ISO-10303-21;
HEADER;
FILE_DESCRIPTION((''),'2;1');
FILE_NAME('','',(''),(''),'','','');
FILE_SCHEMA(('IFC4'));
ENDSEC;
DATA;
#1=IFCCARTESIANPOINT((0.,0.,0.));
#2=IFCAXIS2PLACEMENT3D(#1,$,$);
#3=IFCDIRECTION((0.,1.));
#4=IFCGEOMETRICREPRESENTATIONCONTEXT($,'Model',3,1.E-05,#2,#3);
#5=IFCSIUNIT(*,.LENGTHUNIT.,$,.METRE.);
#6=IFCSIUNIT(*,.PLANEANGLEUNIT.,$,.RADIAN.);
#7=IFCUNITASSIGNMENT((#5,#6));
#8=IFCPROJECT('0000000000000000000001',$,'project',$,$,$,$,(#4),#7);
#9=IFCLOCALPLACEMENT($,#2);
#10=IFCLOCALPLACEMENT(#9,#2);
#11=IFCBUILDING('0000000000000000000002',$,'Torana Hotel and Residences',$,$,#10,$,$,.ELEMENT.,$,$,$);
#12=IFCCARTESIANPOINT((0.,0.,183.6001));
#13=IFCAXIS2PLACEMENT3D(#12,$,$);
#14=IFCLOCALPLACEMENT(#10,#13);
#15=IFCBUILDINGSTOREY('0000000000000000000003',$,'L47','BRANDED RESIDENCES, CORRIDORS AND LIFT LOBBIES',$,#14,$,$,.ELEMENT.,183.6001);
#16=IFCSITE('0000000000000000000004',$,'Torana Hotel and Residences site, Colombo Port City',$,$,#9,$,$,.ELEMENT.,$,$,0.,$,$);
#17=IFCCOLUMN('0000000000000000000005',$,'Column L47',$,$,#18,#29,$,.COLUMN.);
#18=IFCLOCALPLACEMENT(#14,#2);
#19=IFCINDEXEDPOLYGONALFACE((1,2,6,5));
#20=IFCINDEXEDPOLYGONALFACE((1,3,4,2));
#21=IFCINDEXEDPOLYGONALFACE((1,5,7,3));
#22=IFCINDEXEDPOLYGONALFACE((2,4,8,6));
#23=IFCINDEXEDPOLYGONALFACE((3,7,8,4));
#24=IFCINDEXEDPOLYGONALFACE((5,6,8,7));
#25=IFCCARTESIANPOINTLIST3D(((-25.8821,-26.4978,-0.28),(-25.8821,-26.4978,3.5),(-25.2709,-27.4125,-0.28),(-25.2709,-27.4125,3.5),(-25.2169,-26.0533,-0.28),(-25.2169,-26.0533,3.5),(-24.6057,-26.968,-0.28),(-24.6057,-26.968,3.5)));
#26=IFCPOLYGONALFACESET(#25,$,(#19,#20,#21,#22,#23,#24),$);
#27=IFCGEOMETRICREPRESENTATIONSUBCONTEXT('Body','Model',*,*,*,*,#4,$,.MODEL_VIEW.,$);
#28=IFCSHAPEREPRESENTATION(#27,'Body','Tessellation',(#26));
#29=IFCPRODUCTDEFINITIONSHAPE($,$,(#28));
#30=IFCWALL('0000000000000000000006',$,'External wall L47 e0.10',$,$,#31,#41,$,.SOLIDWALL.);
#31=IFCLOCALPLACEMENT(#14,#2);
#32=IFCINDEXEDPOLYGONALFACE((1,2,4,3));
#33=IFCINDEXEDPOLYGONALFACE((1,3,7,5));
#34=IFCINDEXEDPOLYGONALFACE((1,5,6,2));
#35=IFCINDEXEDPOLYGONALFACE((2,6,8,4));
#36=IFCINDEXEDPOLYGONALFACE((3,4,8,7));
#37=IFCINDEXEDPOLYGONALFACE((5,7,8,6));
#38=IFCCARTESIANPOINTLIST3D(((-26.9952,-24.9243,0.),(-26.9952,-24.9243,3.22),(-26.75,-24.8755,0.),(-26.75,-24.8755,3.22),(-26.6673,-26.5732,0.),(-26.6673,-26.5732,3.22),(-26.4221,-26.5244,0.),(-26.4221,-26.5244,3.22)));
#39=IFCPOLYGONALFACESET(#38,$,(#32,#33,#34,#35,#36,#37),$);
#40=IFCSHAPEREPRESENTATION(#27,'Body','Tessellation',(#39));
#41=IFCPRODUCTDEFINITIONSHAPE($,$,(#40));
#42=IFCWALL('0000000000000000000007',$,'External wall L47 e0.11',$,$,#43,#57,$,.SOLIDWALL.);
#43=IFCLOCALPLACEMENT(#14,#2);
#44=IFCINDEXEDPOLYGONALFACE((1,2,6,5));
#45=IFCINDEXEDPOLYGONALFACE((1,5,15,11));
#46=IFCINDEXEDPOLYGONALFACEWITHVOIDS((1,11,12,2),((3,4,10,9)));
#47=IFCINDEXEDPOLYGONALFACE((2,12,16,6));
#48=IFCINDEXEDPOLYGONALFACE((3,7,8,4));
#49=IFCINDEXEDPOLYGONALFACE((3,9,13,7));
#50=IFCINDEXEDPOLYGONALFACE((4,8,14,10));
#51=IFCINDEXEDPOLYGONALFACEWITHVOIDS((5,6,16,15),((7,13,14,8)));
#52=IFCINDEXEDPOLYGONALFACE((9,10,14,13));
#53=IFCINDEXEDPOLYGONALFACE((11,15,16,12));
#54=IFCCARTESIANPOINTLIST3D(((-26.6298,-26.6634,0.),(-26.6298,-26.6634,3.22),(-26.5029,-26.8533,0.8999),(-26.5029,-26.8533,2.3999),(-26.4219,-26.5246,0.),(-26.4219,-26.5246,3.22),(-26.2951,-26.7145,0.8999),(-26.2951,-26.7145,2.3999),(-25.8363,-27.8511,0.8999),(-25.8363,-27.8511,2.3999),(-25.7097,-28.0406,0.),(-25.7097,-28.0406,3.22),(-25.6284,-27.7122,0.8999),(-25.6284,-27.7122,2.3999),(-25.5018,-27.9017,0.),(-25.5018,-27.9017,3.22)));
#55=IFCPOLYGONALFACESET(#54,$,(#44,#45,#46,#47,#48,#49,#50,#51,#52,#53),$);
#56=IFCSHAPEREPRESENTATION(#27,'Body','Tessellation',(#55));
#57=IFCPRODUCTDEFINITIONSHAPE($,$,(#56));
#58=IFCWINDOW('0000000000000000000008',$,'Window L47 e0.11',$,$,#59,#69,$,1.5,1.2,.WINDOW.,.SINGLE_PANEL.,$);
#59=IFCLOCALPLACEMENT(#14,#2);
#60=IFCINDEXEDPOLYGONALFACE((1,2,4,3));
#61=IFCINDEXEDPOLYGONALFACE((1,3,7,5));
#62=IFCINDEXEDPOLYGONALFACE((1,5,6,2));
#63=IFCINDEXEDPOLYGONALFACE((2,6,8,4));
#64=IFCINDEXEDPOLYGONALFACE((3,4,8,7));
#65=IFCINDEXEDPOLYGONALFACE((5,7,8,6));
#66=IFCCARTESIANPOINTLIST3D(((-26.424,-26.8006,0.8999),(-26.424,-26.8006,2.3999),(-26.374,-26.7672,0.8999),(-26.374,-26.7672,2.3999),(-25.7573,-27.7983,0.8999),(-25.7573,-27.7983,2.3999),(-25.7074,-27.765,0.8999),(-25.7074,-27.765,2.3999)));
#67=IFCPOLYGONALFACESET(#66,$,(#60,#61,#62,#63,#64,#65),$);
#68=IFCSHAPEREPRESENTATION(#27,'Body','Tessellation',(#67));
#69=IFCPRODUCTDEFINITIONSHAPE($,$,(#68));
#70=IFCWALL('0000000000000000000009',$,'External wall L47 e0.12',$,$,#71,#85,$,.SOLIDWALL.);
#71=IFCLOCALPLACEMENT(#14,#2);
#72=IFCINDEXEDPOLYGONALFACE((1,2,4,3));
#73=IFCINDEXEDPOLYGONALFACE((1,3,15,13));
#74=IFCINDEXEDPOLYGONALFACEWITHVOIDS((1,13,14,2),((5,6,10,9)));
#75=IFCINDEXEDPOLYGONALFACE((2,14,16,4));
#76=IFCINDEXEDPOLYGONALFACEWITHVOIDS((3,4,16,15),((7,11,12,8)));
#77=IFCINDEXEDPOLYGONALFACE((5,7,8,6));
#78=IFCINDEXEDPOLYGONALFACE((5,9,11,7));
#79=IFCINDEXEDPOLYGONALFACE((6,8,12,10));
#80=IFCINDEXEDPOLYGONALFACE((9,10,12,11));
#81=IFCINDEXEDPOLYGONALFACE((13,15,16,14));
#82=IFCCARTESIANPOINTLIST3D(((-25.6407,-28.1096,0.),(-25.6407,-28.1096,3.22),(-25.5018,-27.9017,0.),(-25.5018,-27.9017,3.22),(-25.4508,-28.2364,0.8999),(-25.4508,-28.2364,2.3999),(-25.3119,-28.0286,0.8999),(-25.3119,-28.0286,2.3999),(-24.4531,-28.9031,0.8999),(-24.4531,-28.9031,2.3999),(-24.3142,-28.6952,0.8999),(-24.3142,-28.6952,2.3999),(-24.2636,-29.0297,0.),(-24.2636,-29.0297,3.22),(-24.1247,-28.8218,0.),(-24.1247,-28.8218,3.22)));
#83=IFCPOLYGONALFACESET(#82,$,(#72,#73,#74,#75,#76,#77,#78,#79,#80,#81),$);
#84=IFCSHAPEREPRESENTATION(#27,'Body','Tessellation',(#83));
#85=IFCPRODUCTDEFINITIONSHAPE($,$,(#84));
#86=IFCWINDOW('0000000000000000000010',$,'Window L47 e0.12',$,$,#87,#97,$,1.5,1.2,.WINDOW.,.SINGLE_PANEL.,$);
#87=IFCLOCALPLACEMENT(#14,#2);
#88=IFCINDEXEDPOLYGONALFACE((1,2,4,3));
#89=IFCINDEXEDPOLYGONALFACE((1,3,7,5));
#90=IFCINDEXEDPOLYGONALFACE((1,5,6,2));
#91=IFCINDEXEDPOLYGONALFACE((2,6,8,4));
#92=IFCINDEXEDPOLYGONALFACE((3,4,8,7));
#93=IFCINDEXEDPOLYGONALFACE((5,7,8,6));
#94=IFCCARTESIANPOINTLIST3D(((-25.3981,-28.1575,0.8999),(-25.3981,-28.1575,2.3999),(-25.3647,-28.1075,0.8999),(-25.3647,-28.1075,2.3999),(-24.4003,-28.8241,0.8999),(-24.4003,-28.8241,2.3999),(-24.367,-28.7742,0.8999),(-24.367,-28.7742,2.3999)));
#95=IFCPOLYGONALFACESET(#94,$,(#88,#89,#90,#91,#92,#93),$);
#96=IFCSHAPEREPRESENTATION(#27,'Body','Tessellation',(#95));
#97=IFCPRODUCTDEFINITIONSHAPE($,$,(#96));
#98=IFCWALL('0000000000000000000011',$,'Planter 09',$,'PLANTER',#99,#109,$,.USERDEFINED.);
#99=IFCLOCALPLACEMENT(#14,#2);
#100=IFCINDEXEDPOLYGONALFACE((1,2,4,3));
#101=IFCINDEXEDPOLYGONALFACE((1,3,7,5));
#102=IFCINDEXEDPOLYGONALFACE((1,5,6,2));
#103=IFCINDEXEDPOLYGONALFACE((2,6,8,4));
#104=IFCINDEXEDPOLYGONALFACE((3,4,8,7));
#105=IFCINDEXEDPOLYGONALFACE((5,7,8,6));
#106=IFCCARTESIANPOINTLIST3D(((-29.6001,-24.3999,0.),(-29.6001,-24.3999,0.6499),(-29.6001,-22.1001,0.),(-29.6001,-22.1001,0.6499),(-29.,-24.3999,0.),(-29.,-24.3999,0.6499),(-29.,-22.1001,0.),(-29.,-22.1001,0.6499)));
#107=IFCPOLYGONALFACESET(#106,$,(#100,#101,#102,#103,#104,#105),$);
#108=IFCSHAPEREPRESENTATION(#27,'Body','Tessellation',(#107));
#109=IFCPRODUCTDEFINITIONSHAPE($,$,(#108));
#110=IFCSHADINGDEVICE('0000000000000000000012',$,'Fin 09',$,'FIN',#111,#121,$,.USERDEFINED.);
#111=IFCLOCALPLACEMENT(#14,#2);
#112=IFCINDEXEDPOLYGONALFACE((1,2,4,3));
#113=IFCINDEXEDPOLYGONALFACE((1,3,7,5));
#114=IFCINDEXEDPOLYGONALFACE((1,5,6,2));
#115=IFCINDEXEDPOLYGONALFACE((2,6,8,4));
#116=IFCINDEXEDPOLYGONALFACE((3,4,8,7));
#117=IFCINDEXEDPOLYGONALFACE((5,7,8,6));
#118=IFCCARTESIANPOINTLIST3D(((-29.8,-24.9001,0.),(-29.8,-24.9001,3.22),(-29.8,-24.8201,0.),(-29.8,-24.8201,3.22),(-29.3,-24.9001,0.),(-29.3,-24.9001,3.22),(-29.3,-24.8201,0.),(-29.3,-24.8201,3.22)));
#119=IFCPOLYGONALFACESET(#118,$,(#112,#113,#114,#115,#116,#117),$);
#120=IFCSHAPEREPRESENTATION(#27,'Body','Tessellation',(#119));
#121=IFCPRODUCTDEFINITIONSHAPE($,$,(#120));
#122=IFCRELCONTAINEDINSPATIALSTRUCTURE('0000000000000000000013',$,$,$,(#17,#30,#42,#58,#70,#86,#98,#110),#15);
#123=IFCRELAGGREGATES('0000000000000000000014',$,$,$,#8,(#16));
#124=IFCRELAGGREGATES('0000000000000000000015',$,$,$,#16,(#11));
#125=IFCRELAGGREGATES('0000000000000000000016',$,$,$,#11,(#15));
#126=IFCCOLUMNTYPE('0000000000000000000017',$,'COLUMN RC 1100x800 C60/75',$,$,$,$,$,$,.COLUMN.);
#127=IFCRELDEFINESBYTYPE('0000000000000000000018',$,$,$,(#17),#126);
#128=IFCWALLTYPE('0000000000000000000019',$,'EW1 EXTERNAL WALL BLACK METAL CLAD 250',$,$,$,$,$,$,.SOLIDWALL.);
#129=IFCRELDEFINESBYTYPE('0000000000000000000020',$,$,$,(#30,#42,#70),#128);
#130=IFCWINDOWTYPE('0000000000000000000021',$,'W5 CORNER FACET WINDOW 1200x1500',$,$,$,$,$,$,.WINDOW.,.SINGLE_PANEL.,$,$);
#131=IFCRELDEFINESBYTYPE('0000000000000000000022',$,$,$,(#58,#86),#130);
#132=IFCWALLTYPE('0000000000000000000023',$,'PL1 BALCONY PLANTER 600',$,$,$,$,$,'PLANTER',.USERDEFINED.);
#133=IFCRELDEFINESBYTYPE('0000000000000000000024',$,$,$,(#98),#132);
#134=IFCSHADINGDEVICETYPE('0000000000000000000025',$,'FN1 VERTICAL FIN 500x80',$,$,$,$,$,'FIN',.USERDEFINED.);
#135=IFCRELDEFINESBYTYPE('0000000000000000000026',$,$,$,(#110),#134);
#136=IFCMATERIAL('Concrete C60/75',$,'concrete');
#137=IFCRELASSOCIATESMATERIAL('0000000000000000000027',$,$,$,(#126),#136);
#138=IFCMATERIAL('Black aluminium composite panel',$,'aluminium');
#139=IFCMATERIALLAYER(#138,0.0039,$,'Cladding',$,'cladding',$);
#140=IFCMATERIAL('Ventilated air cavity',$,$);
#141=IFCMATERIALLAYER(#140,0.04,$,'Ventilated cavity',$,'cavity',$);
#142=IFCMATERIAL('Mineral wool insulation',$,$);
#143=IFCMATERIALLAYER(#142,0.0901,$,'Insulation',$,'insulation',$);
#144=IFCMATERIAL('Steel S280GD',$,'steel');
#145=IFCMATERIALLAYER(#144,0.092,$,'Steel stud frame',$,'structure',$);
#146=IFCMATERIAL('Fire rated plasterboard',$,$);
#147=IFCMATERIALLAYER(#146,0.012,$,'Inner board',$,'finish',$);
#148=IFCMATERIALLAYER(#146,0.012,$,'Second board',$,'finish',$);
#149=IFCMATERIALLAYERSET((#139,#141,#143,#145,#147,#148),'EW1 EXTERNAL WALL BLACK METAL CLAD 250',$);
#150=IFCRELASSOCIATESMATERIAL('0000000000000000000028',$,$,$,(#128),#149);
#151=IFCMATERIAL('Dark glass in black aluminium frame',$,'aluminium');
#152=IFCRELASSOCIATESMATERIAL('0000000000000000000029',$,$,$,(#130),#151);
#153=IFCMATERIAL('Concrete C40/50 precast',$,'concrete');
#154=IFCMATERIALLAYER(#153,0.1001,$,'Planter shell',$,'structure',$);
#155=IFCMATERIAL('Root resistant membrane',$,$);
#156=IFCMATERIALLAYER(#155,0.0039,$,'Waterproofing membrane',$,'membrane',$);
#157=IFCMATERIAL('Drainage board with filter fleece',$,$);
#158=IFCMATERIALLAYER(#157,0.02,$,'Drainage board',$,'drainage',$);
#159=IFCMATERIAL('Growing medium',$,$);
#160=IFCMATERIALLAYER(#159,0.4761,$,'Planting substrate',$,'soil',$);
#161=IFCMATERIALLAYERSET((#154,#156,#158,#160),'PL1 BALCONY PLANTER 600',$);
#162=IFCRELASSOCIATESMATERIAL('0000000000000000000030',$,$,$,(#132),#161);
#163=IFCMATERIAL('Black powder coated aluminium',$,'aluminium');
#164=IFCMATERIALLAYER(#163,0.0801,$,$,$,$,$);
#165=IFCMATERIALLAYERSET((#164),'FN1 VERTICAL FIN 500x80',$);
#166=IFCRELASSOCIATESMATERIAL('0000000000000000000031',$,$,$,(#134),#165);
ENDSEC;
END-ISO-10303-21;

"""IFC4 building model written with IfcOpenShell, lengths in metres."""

from ifc_helpers import new_model, si_unit, direction, frame, frame_2d, origin, origin_2d, place, context, subcontext, project, spatial, rectangle, extrude, material, layer, layer_set, material_profile, profile_set, type_object, element, fill, save


model = new_model("IFC4")

# Units and contexts
model_context = context("Model", 3, precision=1e-05, world=origin(), true_north=direction((0.0, 1.0)))
body_context = subcontext(model_context, "Body", "Model", "MODEL_VIEW")
ifc_project = project(units=[si_unit("LENGTHUNIT", "METRE"), si_unit("PLANEANGLEUNIT", "RADIAN")], contexts=[model_context])

# Site, building, storey
site_placement = place(None, origin())
site = spatial("IfcSite", under=ifc_project, at=site_placement, Name="Torana Hotel and Residences site, Colombo Port City", CompositionType="ELEMENT", RefElevation=0.0)
building_placement = place(site_placement, origin())
building = spatial("IfcBuilding", under=site, at=building_placement, Name="Torana Hotel and Residences", CompositionType="ELEMENT")
storey_placement = place(building_placement, frame((0.0, 0.0, 183.6001)))
storey = spatial("IfcBuildingStorey", under=building, at=storey_placement, Name="L47", Description="BRANDED RESIDENCES, CORRIDORS AND LIFT LOBBIES", CompositionType="ELEMENT", Elevation=183.6001)

# Column
ifc_material_1 = material(Name="Concrete C60/75", Category="concrete")
ifc_material_profile = material_profile(ifc_material_1, rectangle(XDim=1.1001, YDim=0.8, at=origin_2d()), Name="RC 1100x800")
ifc_profile_set = profile_set([ifc_material_profile], Name="Concrete C60/75")
column_type = type_object("IfcColumnType", Name="COLUMN RC 1100x800 C60/75", PredefinedType="COLUMN", material=ifc_profile_set)
column_placement = place(storey_placement, frame((-25.2439, -26.7329, -0.28), z_axis=(0.0, 0.0, 1.0), x_axis=(-0.555585, 0.83146, 0.0)))
element("IfcColumn", 1, at=column_placement, inside=storey, type_object=column_type, Name="Column L47", PredefinedType="COLUMN", context=body_context, shape_type="SweptSolid", body=[
    extrude(rectangle(XDim=1.1001, YDim=0.8, at=origin_2d()), origin(), (0.0, 0.0, 1.0), 3.78),
])

# Wall
ifc_material_2 = material(Name="Black aluminium composite panel", Category="aluminium")
ifc_layer_1 = layer(ifc_material_2, 0.0039, Name="Cladding", Category="cladding")
ifc_material_3 = material(Name="Ventilated air cavity")
ifc_layer_2 = layer(ifc_material_3, 0.04, Name="Ventilated cavity", Category="cavity")
ifc_material_4 = material(Name="Mineral wool insulation")
ifc_layer_3 = layer(ifc_material_4, 0.0901, Name="Insulation", Category="insulation")
ifc_material_5 = material(Name="Steel S280GD", Category="steel")
ifc_layer_4 = layer(ifc_material_5, 0.092, Name="Steel stud frame", Category="structure")
ifc_material_6 = material(Name="Fire rated plasterboard")
ifc_layer_5 = layer(ifc_material_6, 0.012, Name="Inner board", Category="finish")
ifc_layer_6 = layer(ifc_material_6, 0.012, Name="Second board", Category="finish")
ifc_layer_set_1 = layer_set([ifc_layer_1, ifc_layer_2, ifc_layer_3, ifc_layer_4, ifc_layer_5, ifc_layer_6], Name="EW1 EXTERNAL WALL BLACK METAL CLAD 250")
wall_type_1 = type_object("IfcWallType", Name="EW1 EXTERNAL WALL BLACK METAL CLAD 250", PredefinedType="SOLIDWALL", material=ifc_layer_set_1)
wall_1_placement = place(storey_placement, frame((-26.8726, -24.8999, 0.0), z_axis=(0.0, 0.0, 1.0), x_axis=(0.195027, -0.980798, 0.0)))
element("IfcWall", 2, at=wall_1_placement, inside=storey, type_object=wall_type_1, Name="External wall L47 e0.10", PredefinedType="SOLIDWALL", context=body_context, shape_type="SweptSolid", body=[
    extrude(rectangle(XDim=1.6812, YDim=0.25, at=frame_2d((0.8406, 0.0))), origin(), (0.0, 0.0, 1.0), 3.22),
])

# Walls, openings, windows
wall_2_placement = place(storey_placement, frame((-26.5259, -26.594, 0.0), z_axis=(0.0, 0.0, 1.0), x_axis=(0.55555, -0.831483, 0.0)))
wall_2 = element("IfcWall", 3, at=wall_2_placement, inside=storey, type_object=wall_type_1, Name="External wall L47 e0.11", PredefinedType="SOLIDWALL", context=body_context, shape_type="SweptSolid", body=[
    extrude(rectangle(XDim=1.6562, YDim=0.25, at=frame_2d((0.8281, 0.0))), origin(), (0.0, 0.0, 1.0), 3.22),
])
opening_1_placement = place(wall_2_placement, frame((0.2283, 0.0, 0.8999)))
opening_1 = element("IfcOpeningElement", 4, at=opening_1_placement, cuts=wall_2, PredefinedType="OPENING", context=body_context, shape_type="SweptSolid", body=[
    extrude(rectangle(XDim=1.2, YDim=1.5, at=frame_2d((0.6001, 0.75))), frame((0.0, 0.135, 0.0), z_axis=(0.0, -1.0, 0.0), x_axis=(1.0, 0.0, 0.0)), (0.0, 0.0, 1.0), 0.27),
])
ifc_material_7 = material(Name="Dark glass in black aluminium frame", Category="aluminium")
window_type = type_object("IfcWindowType", Name="W5 CORNER FACET WINDOW 1200x1500", PartitioningType="SINGLE_PANEL", PredefinedType="WINDOW", material=ifc_material_7)
window_1_placement = place(opening_1_placement, origin())
window_1 = element("IfcWindow", 5, at=window_1_placement, inside=storey, type_object=window_type, Name="Window L47 e0.11", OverallHeight=1.5, OverallWidth=1.2, PartitioningType="SINGLE_PANEL", PredefinedType="WINDOW", context=body_context, shape_type="SweptSolid", body=[
    extrude(rectangle(XDim=1.2, YDim=1.5, at=frame_2d((0.6001, 0.75))), frame((0.0, 0.03, 0.0), z_axis=(0.0, -1.0, 0.0), x_axis=(1.0, 0.0, 0.0)), (0.0, 0.0, 1.0), 0.0601),
])
fill(opening_1, window_1)
wall_3_placement = place(storey_placement, frame((-25.5713, -28.0056, 0.0), z_axis=(0.0, 0.0, 1.0), x_axis=(0.831483, -0.55555, 0.0)))
wall_3 = element("IfcWall", 6, at=wall_3_placement, inside=storey, type_object=wall_type_1, Name="External wall L47 e0.12", PredefinedType="SOLIDWALL", context=body_context, shape_type="SweptSolid", body=[
    extrude(rectangle(XDim=1.6562, YDim=0.25, at=frame_2d((0.8281, 0.0))), origin(), (0.0, 0.0, 1.0), 3.22),
])
opening_2_placement = place(wall_3_placement, frame((0.2283, 0.0, 0.8999)))
opening_2 = element("IfcOpeningElement", 7, at=opening_2_placement, cuts=wall_3, PredefinedType="OPENING", context=body_context, shape_type="SweptSolid", body=[
    extrude(rectangle(XDim=1.2, YDim=1.5, at=frame_2d((0.6001, 0.75))), frame((0.0, 0.135, 0.0), z_axis=(0.0, -1.0, 0.0), x_axis=(1.0, 0.0, 0.0)), (0.0, 0.0, 1.0), 0.27),
])
window_2_placement = place(opening_2_placement, origin())
window_2 = element("IfcWindow", 8, at=window_2_placement, inside=storey, type_object=window_type, Name="Window L47 e0.12", OverallHeight=1.5, OverallWidth=1.2, PartitioningType="SINGLE_PANEL", PredefinedType="WINDOW", context=body_context, shape_type="SweptSolid", body=[
    extrude(rectangle(XDim=1.2, YDim=1.5, at=frame_2d((0.6001, 0.75))), frame((0.0, 0.03, 0.0), z_axis=(0.0, -1.0, 0.0), x_axis=(1.0, 0.0, 0.0)), (0.0, 0.0, 1.0), 0.0601),
])
fill(opening_2, window_2)

# Wall
ifc_material_8 = material(Name="Concrete C40/50 precast", Category="concrete")
ifc_layer_7 = layer(ifc_material_8, 0.1001, Name="Planter shell", Category="structure")
ifc_material_9 = material(Name="Root resistant membrane")
ifc_layer_8 = layer(ifc_material_9, 0.0039, Name="Waterproofing membrane", Category="membrane")
ifc_material_10 = material(Name="Drainage board with filter fleece")
ifc_layer_9 = layer(ifc_material_10, 0.02, Name="Drainage board", Category="drainage")
ifc_material_11 = material(Name="Growing medium")
ifc_layer_10 = layer(ifc_material_11, 0.4761, Name="Planting substrate", Category="soil")
ifc_layer_set_2 = layer_set([ifc_layer_7, ifc_layer_8, ifc_layer_9, ifc_layer_10], Name="PL1 BALCONY PLANTER 600")
wall_type_2 = type_object("IfcWallType", Name="PL1 BALCONY PLANTER 600", ElementType="PLANTER", PredefinedType="USERDEFINED", material=ifc_layer_set_2)
wall_4_placement = place(storey_placement, frame((-29.3, -24.3999, 0.0), z_axis=(0.0, 0.0, 1.0), x_axis=(0.0, 1.0, 0.0)))
element("IfcWall", 9, at=wall_4_placement, inside=storey, type_object=wall_type_2, Name="Planter 09", ObjectType="PLANTER", PredefinedType="USERDEFINED", context=body_context, shape_type="SweptSolid", body=[
    extrude(rectangle(XDim=2.2998, YDim=0.6001, at=frame_2d((1.1499, 0.0))), origin(), (0.0, 0.0, 1.0), 0.6499),
])

# Shading device
ifc_material_12 = material(Name="Black powder coated aluminium", Category="aluminium")
ifc_layer_11 = layer(ifc_material_12, 0.0801)
ifc_layer_set_3 = layer_set([ifc_layer_11], Name="FN1 VERTICAL FIN 500x80")
shading_device_type = type_object("IfcShadingDeviceType", Name="FN1 VERTICAL FIN 500x80", ElementType="FIN", PredefinedType="USERDEFINED", material=ifc_layer_set_3)
shading_device_placement = place(storey_placement, frame((-29.55, -24.8601, 0.0), z_axis=(0.0, 0.0, 1.0), x_axis=(0.0, 1.0, 0.0)))
element("IfcShadingDevice", 10, at=shading_device_placement, inside=storey, type_object=shading_device_type, Name="Fin 09", ObjectType="FIN", PredefinedType="USERDEFINED", context=body_context, shape_type="SweptSolid", body=[
    extrude(rectangle(XDim=0.0801, YDim=0.5, at=origin_2d()), origin(), (0.0, 0.0, 1.0), 3.22),
])

save(model, "model.ifc")
